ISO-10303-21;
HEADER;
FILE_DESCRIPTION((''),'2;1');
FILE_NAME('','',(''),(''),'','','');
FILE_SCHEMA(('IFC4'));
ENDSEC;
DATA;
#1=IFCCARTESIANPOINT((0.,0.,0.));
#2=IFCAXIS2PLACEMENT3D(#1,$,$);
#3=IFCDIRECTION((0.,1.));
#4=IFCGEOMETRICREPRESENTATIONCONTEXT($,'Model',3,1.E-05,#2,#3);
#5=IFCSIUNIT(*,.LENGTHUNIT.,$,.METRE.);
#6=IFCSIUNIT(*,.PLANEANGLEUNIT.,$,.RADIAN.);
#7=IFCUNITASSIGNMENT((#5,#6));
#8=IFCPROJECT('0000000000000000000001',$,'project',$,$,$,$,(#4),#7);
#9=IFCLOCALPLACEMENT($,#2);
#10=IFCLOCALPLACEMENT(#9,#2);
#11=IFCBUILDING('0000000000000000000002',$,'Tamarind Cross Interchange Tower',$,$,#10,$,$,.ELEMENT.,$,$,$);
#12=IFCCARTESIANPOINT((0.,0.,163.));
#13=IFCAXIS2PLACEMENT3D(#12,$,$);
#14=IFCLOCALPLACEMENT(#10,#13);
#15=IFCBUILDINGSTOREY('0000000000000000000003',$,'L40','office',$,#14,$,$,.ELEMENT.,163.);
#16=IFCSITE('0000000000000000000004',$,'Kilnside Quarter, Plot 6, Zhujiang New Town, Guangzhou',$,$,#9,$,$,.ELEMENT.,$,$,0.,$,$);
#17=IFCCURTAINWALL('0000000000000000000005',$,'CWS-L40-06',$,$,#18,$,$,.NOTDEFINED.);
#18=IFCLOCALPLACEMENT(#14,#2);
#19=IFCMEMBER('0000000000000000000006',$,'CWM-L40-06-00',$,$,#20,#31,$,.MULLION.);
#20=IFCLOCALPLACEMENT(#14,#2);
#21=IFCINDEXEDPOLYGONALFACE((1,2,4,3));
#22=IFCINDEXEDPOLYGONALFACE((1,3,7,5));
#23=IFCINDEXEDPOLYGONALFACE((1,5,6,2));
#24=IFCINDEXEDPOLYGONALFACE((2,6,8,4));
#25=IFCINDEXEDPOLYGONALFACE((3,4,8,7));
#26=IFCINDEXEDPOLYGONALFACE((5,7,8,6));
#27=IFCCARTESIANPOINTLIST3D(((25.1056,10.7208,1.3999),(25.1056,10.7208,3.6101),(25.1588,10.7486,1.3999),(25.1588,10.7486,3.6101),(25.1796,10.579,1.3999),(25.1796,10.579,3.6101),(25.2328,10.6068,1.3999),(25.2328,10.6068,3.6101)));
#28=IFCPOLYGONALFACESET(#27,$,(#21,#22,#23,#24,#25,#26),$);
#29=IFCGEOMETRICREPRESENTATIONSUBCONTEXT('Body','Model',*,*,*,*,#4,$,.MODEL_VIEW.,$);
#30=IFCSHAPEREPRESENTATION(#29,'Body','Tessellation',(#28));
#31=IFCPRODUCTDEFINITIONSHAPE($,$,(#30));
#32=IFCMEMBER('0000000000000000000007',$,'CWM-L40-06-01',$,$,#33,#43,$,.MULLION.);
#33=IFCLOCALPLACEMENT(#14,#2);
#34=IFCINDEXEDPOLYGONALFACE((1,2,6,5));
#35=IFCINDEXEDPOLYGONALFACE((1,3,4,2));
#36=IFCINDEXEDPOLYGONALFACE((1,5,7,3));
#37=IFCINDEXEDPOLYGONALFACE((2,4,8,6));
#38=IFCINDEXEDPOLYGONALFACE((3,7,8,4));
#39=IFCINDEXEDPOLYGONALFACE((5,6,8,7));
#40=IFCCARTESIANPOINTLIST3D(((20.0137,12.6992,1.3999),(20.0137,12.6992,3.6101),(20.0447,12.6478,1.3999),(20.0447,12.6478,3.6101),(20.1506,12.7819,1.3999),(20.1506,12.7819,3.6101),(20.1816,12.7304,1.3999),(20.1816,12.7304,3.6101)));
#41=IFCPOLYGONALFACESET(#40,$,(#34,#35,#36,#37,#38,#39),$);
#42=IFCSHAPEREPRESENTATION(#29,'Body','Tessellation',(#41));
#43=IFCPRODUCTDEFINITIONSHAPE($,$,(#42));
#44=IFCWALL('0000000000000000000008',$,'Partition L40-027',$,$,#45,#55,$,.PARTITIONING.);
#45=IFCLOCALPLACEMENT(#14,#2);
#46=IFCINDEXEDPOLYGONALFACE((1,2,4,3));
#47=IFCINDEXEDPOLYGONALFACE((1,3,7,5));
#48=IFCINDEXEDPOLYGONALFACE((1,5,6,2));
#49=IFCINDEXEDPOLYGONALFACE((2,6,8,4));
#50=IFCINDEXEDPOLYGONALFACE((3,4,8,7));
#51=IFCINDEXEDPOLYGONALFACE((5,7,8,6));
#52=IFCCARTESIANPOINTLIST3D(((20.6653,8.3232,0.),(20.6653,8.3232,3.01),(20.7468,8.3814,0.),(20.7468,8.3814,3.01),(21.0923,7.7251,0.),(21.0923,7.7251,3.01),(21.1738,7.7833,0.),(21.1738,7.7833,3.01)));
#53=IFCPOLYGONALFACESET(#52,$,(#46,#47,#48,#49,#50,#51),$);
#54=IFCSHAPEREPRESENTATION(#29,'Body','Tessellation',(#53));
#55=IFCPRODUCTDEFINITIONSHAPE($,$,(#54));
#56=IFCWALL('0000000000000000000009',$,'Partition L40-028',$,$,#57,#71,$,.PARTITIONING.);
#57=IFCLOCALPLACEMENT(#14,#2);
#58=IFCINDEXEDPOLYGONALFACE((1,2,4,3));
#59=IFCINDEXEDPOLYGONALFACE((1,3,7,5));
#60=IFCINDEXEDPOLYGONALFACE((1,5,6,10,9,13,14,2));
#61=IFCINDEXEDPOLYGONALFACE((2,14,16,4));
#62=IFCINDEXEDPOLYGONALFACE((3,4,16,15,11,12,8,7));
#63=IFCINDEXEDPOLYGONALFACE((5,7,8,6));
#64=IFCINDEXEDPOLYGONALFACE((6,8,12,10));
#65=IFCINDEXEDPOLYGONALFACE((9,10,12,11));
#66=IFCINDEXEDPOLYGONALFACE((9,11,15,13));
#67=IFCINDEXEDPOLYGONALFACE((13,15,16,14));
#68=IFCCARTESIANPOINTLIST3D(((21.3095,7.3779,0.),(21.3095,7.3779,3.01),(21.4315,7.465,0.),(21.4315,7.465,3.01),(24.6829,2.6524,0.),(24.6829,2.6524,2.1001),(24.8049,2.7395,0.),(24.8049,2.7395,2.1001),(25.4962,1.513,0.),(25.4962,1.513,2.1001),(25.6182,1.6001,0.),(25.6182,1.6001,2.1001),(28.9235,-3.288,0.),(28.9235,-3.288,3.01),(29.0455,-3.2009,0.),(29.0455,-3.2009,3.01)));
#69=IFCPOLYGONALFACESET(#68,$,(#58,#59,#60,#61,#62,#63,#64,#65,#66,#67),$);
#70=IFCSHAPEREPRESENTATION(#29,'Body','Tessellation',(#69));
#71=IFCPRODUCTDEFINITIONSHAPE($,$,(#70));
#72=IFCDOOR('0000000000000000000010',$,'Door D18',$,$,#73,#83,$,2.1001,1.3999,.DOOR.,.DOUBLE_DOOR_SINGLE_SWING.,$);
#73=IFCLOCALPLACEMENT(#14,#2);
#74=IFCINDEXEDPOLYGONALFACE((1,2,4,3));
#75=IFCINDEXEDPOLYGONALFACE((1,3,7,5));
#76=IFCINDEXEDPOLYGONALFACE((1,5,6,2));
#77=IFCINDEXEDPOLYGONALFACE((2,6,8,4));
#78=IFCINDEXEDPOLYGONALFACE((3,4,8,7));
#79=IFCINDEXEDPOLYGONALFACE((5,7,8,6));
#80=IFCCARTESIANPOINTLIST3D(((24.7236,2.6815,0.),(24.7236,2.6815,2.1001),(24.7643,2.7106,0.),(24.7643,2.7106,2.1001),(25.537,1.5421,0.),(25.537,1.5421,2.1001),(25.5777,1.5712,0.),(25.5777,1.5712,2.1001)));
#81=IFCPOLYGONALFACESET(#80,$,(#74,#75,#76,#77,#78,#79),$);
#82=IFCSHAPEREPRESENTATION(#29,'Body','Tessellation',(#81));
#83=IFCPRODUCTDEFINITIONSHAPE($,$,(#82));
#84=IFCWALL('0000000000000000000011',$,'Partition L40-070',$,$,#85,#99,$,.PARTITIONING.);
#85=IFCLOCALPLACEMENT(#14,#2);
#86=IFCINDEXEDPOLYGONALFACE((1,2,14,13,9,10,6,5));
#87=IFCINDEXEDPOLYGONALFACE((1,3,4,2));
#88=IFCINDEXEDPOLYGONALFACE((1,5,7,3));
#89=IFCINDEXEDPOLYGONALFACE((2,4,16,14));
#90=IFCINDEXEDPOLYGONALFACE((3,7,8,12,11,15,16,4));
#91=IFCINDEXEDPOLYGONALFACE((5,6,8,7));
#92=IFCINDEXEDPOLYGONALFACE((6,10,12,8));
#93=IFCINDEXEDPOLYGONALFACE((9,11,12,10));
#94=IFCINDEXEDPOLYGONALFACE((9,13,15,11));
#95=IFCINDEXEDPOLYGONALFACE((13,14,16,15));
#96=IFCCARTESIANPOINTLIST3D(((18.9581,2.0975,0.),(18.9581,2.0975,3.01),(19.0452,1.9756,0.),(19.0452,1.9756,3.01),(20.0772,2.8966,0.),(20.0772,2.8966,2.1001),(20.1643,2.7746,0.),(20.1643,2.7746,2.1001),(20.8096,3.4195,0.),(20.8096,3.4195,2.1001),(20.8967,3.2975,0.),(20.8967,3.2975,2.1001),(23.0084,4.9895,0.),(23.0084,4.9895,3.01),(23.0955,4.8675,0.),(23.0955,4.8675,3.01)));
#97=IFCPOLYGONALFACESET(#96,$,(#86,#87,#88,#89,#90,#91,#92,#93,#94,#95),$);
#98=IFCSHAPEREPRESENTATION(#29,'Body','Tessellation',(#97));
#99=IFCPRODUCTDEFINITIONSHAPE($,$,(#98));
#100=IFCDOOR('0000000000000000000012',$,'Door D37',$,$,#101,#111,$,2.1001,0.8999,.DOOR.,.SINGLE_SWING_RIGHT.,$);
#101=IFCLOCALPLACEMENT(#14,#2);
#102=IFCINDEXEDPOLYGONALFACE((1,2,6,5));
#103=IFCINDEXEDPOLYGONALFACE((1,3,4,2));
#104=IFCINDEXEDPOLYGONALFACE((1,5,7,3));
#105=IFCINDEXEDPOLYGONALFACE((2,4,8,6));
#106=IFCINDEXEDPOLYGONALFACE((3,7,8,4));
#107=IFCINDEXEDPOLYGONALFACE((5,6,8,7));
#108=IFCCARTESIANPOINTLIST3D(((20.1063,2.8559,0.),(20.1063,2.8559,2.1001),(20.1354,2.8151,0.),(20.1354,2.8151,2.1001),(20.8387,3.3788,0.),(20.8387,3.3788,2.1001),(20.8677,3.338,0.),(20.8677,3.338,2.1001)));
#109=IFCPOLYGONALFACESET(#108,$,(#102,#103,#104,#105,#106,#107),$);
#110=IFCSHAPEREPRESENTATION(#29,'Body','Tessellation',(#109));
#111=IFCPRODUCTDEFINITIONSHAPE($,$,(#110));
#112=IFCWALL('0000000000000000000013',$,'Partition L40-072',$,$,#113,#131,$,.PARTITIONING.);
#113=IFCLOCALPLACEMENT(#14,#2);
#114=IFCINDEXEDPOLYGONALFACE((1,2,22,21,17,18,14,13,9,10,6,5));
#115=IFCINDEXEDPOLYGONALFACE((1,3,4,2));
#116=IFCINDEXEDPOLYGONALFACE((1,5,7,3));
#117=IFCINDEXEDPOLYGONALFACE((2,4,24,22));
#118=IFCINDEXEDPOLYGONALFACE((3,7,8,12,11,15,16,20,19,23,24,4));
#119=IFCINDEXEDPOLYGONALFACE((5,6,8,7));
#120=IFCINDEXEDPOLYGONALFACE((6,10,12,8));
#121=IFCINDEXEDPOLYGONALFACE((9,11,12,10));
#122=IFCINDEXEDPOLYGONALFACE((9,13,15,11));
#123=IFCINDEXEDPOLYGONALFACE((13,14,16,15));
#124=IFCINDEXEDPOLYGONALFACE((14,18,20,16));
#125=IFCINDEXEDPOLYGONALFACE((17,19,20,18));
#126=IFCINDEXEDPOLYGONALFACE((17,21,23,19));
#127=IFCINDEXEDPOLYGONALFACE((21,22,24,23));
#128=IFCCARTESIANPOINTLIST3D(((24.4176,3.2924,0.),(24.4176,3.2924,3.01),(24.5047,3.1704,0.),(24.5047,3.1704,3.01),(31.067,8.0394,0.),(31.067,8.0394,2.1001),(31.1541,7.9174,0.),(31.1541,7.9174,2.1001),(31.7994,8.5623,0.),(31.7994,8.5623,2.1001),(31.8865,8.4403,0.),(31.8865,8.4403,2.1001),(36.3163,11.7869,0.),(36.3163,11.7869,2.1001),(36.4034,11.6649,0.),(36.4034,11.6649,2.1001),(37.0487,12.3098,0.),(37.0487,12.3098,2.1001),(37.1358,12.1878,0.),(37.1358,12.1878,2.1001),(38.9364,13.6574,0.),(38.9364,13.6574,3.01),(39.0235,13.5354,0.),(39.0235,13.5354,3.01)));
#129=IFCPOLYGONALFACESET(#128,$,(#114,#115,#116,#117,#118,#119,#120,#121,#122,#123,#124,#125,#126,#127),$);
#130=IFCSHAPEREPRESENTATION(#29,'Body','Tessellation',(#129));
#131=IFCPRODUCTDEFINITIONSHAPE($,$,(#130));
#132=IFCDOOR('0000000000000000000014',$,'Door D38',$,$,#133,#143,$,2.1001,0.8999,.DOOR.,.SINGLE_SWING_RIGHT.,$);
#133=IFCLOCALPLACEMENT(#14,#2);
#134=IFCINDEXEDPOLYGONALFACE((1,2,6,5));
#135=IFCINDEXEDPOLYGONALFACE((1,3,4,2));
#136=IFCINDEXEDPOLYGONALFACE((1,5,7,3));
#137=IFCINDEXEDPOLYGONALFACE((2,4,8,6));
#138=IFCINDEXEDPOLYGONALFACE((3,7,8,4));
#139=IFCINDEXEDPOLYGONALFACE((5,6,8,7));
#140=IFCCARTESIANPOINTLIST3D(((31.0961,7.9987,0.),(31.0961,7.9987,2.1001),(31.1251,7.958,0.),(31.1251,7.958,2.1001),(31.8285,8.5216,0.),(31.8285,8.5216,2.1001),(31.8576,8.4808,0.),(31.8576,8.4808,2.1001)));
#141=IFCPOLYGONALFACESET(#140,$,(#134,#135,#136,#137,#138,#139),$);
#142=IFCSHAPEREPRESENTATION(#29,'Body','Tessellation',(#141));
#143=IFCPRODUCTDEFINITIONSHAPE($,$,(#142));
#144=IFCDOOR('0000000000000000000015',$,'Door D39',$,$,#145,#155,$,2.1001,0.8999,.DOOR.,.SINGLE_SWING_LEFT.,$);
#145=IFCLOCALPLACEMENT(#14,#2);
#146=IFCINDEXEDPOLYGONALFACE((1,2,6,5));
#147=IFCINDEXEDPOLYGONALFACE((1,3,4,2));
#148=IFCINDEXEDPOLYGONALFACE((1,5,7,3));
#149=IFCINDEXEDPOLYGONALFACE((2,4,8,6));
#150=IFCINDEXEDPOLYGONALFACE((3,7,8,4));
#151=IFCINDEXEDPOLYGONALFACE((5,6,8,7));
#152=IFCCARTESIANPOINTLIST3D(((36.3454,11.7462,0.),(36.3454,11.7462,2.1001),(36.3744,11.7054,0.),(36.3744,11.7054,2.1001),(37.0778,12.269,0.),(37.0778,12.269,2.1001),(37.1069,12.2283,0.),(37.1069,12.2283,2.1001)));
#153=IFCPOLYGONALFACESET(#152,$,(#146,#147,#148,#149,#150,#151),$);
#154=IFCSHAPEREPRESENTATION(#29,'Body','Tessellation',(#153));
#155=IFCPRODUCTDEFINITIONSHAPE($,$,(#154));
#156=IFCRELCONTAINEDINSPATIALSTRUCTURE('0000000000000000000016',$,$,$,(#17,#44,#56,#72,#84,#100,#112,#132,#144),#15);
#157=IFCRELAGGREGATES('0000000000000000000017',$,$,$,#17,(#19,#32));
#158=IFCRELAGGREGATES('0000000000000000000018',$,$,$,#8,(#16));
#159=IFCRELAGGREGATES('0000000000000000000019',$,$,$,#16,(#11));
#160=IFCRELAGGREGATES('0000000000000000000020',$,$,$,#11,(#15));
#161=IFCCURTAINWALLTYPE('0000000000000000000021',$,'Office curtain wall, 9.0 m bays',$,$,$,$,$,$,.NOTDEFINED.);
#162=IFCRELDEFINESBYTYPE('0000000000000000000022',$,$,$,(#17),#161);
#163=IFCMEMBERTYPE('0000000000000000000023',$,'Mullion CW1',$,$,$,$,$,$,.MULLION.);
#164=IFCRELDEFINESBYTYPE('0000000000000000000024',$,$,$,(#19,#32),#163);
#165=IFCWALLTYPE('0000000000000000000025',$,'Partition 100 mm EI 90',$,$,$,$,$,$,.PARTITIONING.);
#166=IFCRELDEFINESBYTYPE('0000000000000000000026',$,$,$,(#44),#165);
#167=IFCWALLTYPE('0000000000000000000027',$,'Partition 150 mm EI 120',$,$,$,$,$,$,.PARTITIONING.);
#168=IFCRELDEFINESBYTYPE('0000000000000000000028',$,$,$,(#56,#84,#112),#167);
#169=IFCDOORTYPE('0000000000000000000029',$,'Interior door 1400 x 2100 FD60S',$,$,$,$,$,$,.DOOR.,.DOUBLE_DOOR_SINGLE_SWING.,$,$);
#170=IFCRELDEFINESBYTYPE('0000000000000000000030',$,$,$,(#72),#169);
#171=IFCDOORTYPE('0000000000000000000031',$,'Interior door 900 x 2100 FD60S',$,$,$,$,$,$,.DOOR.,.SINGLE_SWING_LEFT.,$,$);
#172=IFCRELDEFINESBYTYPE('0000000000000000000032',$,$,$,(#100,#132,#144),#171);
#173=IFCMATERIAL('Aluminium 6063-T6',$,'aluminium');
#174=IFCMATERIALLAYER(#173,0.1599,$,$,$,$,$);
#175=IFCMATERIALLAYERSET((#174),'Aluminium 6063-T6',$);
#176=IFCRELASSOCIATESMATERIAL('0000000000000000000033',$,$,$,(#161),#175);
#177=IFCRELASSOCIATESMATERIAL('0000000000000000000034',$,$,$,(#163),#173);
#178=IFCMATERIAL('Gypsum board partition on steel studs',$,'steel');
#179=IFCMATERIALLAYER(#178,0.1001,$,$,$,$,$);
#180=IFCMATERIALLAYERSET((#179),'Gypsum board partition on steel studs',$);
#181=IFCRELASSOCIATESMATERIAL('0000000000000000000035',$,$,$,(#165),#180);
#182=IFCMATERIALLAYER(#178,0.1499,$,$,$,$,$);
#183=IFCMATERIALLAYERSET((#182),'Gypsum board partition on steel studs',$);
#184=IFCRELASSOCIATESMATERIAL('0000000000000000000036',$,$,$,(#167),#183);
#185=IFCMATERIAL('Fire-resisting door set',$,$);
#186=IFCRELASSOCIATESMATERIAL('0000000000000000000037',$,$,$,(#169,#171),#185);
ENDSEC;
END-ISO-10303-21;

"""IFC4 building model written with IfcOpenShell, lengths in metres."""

from ifc_helpers import new_model, si_unit, direction, frame, frame_2d, origin, origin_2d, place, context, subcontext, project, spatial, rectangle, extrude, material, layer, layer_set, material_profile, profile_set, type_object, element, fill, aggregate, save


model = new_model("IFC4")

# Units and contexts
model_context = context("Model", 3, precision=1e-05, world=origin(), true_north=direction((0.0, 1.0)))
body_context = subcontext(model_context, "Body", "Model", "MODEL_VIEW")
ifc_project = project(units=[si_unit("LENGTHUNIT", "METRE"), si_unit("PLANEANGLEUNIT", "RADIAN")], contexts=[model_context])

# Site, building, storey
site_placement = place(None, origin())
site = spatial("IfcSite", under=ifc_project, at=site_placement, Name="Kilnside Quarter, Plot 6, Zhujiang New Town, Guangzhou", CompositionType="ELEMENT", RefElevation=0.0)
building_placement = place(site_placement, origin())
building = spatial("IfcBuilding", under=site, at=building_placement, Name="Tamarind Cross Interchange Tower", CompositionType="ELEMENT")
storey_placement = place(building_placement, frame((0.0, 0.0, 163.0)))
storey = spatial("IfcBuildingStorey", under=building, at=storey_placement, Name="L40", Description="office", CompositionType="ELEMENT", Elevation=163.0)

# Curtain wall, members
ifc_material_1 = material(Name="Aluminium 6063-T6", Category="aluminium")
ifc_layer_1 = layer(ifc_material_1, 0.1599)
ifc_layer_set_1 = layer_set([ifc_layer_1], Name="Aluminium 6063-T6")
curtain_wall_type = type_object("IfcCurtainWallType", Name="Office curtain wall, 9.0 m bays", PredefinedType="NOTDEFINED", material=ifc_layer_set_1)
curtain_wall_placement = place(storey_placement, origin())
curtain_wall = element("IfcCurtainWall", 1, at=curtain_wall_placement, inside=storey, type_object=curtain_wall_type, Name="CWS-L40-06", PredefinedType="NOTDEFINED")
ifc_material_profile_1 = material_profile(ifc_material_1, rectangle(XDim=0.0601, YDim=0.1599, at=origin_2d()), Name="Mullion CW1")
ifc_profile_set_1 = profile_set([ifc_material_profile_1], Name="Aluminium 6063-T6")
member_type = type_object("IfcMemberType", Name="Mullion CW1", PredefinedType="MULLION", material=ifc_profile_set_1)
member_1_placement = place(storey_placement, frame((25.1692, 10.6638, 1.3999), z_axis=(0.0, 0.0, 1.0), x_axis=(-0.886504, -0.462721, 0.0)))
member_1 = element("IfcMember", 2, at=member_1_placement, type_object=member_type, Name="CWM-L40-06-00", PredefinedType="MULLION", context=body_context, shape_type="SweptSolid", body=[
    extrude(rectangle(XDim=0.0601, YDim=0.1599, at=origin_2d()), origin(), (0.0, 0.0, 1.0), 2.2102),
])
member_2_placement = place(storey_placement, frame((20.0977, 12.7148, 1.3999), z_axis=(0.0, 0.0, 1.0), x_axis=(-0.516717, 0.856156, 0.0)))
member_2 = element("IfcMember", 3, at=member_2_placement, type_object=member_type, Name="CWM-L40-06-01", PredefinedType="MULLION", context=body_context, shape_type="SweptSolid", body=[
    extrude(rectangle(XDim=0.0601, YDim=0.1599, at=origin_2d()), origin(), (0.0, 0.0, 1.0), 2.2102),
])
aggregate(curtain_wall, [member_1, member_2])

# Wall
ifc_material_2 = material(Name="Gypsum board partition on steel studs", Category="steel")
ifc_layer_2 = layer(ifc_material_2, 0.1001)
ifc_layer_set_2 = layer_set([ifc_layer_2], Name="Gypsum board partition on steel studs")
wall_type_1 = type_object("IfcWallType", Name="Partition 100 mm EI 90", PredefinedType="PARTITIONING", material=ifc_layer_set_2)
wall_1_placement = place(storey_placement, frame((20.7061, 8.3523, 0.0), z_axis=(0.0, 0.0, 1.0), x_axis=(0.581018, -0.813891, 0.0)))
element("IfcWall", 4, at=wall_1_placement, inside=storey, type_object=wall_type_1, Name="Partition L40-027", PredefinedType="PARTITIONING", context=body_context, shape_type="SweptSolid", body=[
    extrude(rectangle(XDim=0.7349, YDim=0.1001, at=frame_2d((0.3674, 0.0))), origin(), (0.0, 0.0, 1.0), 3.01),
])

# Walls, openings, doors
ifc_layer_3 = layer(ifc_material_2, 0.1499)
ifc_layer_set_3 = layer_set([ifc_layer_3], Name="Gypsum board partition on steel studs")
wall_type_2 = type_object("IfcWallType", Name="Partition 150 mm EI 120", PredefinedType="PARTITIONING", material=ifc_layer_set_3)
wall_2_placement = place(storey_placement, frame((21.3706, 7.4214, 0.0), z_axis=(0.0, 0.0, 1.0), x_axis=(0.581007, -0.813898, 0.0)))
wall_2 = element("IfcWall", 5, at=wall_2_placement, inside=storey, type_object=wall_type_2, Name="Partition L40-028", PredefinedType="PARTITIONING", context=body_context, shape_type="SweptSolid", body=[
    extrude(rectangle(XDim=13.1047, YDim=0.1499, at=frame_2d((6.5522, 0.0))), origin(), (0.0, 0.0, 1.0), 3.01),
])
opening_1_placement = place(wall_2_placement, frame((5.8059, 0.0, 0.0)))
opening_1 = element("IfcOpeningElement", 6, at=opening_1_placement, cuts=wall_2, PredefinedType="OPENING", context=body_context, shape_type="SweptSolid", body=[
    extrude(rectangle(XDim=1.3999, YDim=2.1001, at=frame_2d((0.7, 1.05))), frame((0.0, 0.085, 0.0), z_axis=(0.0, -1.0, 0.0), x_axis=(1.0, 0.0, 0.0)), (0.0, 0.0, 1.0), 0.1699),
])
ifc_material_3 = material(Name="Fire-resisting door set")
door_type_1 = type_object("IfcDoorType", Name="Interior door 1400 x 2100 FD60S", OperationType="DOUBLE_DOOR_SINGLE_SWING", PredefinedType="DOOR", material=ifc_material_3)
door_1_placement = place(opening_1_placement, frame((1.3999, 0.0, 0.0), z_axis=(0.0, 0.0, 1.0), x_axis=(-1.0, 0.0, 0.0)))
door_1 = element("IfcDoor", 7, at=door_1_placement, inside=storey, type_object=door_type_1, Name="Door D18", OperationType="DOUBLE_DOOR_SINGLE_SWING", OverallHeight=2.1001, OverallWidth=1.3999, PredefinedType="DOOR", context=body_context, shape_type="SweptSolid", body=[
    extrude(rectangle(XDim=1.3999, YDim=2.1001, at=frame_2d((0.7, 1.05))), frame((0.0, 0.0249, 0.0), z_axis=(0.0, -1.0, 0.0), x_axis=(1.0, 0.0, 0.0)), (0.0, 0.0, 1.0), 0.05),
])
fill(opening_1, door_1)
wall_3_placement = place(storey_placement, frame((19.0017, 2.0366, 0.0), z_axis=(0.0, 0.0, 1.0), x_axis=(0.813849, 0.581076, 0.0)))
wall_3 = element("IfcWall", 8, at=wall_3_placement, inside=storey, type_object=wall_type_2, Name="Partition L40-070", PredefinedType="PARTITIONING", context=body_context, shape_type="SweptSolid", body=[
    extrude(rectangle(XDim=4.9768, YDim=0.1499, at=frame_2d((2.4883, 0.0))), origin(), (0.0, 0.0, 1.0), 3.01),
])
opening_2_placement = place(wall_3_placement, frame((1.375, 0.0, 0.0)))
opening_2 = element("IfcOpeningElement", 9, at=opening_2_placement, cuts=wall_3, PredefinedType="OPENING", context=body_context, shape_type="SweptSolid", body=[
    extrude(rectangle(XDim=0.8999, YDim=2.1001, at=frame_2d((0.45, 1.05))), frame((0.0, 0.085, 0.0), z_axis=(0.0, -1.0, 0.0), x_axis=(1.0, 0.0, 0.0)), (0.0, 0.0, 1.0), 0.1699),
])
door_type_2 = type_object("IfcDoorType", Name="Interior door 900 x 2100 FD60S", OperationType="SINGLE_SWING_LEFT", PredefinedType="DOOR", material=ifc_material_3)
door_2_placement = place(opening_2_placement, origin())
door_2 = element("IfcDoor", 10, at=door_2_placement, inside=storey, type_object=door_type_2, Name="Door D37", OperationType="SINGLE_SWING_RIGHT", OverallHeight=2.1001, OverallWidth=0.8999, PredefinedType="DOOR", context=body_context, shape_type="SweptSolid", body=[
    extrude(rectangle(XDim=0.8999, YDim=2.1001, at=frame_2d((0.45, 1.05))), frame((0.0, 0.0249, 0.0), z_axis=(0.0, -1.0, 0.0), x_axis=(1.0, 0.0, 0.0)), (0.0, 0.0, 1.0), 0.05),
])
fill(opening_2, door_2)

# Wall, openings, doors
wall_4_placement = place(storey_placement, frame((24.4612, 3.2314, 0.0), z_axis=(0.0, 0.0, 1.0), x_axis=(0.813881, 0.581031, 0.0)))
wall_4 = element("IfcWall", 11, at=wall_4_placement, inside=storey, type_object=wall_type_2, Name="Partition L40-072", PredefinedType="PARTITIONING", context=body_context, shape_type="SweptSolid", body=[
    extrude(rectangle(XDim=17.8389, YDim=0.1499, at=frame_2d((8.9194, 0.0))), origin(), (0.0, 0.0, 1.0), 3.01),
])
opening_3_placement = place(wall_4_placement, frame((8.1699, 0.0, 0.0)))
opening_3 = element("IfcOpeningElement", 12, at=opening_3_placement, cuts=wall_4, PredefinedType="OPENING", context=body_context, shape_type="SweptSolid", body=[
    extrude(rectangle(XDim=0.8999, YDim=2.1001, at=frame_2d((0.45, 1.05))), frame((0.0, 0.085, 0.0), z_axis=(0.0, -1.0, 0.0), x_axis=(1.0, 0.0, 0.0)), (0.0, 0.0, 1.0), 0.1699),
])
opening_4_placement = place(wall_4_placement, frame((14.6196, 0.0, 0.0)))
opening_4 = element("IfcOpeningElement", 13, at=opening_4_placement, cuts=wall_4, PredefinedType="OPENING", context=body_context, shape_type="SweptSolid", body=[
    extrude(rectangle(XDim=0.8999, YDim=2.1001, at=frame_2d((0.45, 1.05))), frame((0.0, 0.085, 0.0), z_axis=(0.0, -1.0, 0.0), x_axis=(1.0, 0.0, 0.0)), (0.0, 0.0, 1.0), 0.1699),
])
door_3_placement = place(opening_3_placement, origin())
door_3 = element("IfcDoor", 14, at=door_3_placement, inside=storey, type_object=door_type_2, Name="Door D38", OperationType="SINGLE_SWING_RIGHT", OverallHeight=2.1001, OverallWidth=0.8999, PredefinedType="DOOR", context=body_context, shape_type="SweptSolid", body=[
    extrude(rectangle(XDim=0.8999, YDim=2.1001, at=frame_2d((0.45, 1.05))), frame((0.0, 0.0249, 0.0), z_axis=(0.0, -1.0, 0.0), x_axis=(1.0, 0.0, 0.0)), (0.0, 0.0, 1.0), 0.05),
])
fill(opening_3, door_3)
door_4_placement = place(opening_4_placement, origin())
door_4 = element("IfcDoor", 15, at=door_4_placement, inside=storey, type_object=door_type_2, Name="Door D39", OperationType="SINGLE_SWING_LEFT", OverallHeight=2.1001, OverallWidth=0.8999, PredefinedType="DOOR", context=body_context, shape_type="SweptSolid", body=[
    extrude(rectangle(XDim=0.8999, YDim=2.1001, at=frame_2d((0.45, 1.05))), frame((0.0, 0.0249, 0.0), z_axis=(0.0, -1.0, 0.0), x_axis=(1.0, 0.0, 0.0)), (0.0, 0.0, 1.0), 0.05),
])
fill(opening_4, door_4)

save(model, "model.ifc")
